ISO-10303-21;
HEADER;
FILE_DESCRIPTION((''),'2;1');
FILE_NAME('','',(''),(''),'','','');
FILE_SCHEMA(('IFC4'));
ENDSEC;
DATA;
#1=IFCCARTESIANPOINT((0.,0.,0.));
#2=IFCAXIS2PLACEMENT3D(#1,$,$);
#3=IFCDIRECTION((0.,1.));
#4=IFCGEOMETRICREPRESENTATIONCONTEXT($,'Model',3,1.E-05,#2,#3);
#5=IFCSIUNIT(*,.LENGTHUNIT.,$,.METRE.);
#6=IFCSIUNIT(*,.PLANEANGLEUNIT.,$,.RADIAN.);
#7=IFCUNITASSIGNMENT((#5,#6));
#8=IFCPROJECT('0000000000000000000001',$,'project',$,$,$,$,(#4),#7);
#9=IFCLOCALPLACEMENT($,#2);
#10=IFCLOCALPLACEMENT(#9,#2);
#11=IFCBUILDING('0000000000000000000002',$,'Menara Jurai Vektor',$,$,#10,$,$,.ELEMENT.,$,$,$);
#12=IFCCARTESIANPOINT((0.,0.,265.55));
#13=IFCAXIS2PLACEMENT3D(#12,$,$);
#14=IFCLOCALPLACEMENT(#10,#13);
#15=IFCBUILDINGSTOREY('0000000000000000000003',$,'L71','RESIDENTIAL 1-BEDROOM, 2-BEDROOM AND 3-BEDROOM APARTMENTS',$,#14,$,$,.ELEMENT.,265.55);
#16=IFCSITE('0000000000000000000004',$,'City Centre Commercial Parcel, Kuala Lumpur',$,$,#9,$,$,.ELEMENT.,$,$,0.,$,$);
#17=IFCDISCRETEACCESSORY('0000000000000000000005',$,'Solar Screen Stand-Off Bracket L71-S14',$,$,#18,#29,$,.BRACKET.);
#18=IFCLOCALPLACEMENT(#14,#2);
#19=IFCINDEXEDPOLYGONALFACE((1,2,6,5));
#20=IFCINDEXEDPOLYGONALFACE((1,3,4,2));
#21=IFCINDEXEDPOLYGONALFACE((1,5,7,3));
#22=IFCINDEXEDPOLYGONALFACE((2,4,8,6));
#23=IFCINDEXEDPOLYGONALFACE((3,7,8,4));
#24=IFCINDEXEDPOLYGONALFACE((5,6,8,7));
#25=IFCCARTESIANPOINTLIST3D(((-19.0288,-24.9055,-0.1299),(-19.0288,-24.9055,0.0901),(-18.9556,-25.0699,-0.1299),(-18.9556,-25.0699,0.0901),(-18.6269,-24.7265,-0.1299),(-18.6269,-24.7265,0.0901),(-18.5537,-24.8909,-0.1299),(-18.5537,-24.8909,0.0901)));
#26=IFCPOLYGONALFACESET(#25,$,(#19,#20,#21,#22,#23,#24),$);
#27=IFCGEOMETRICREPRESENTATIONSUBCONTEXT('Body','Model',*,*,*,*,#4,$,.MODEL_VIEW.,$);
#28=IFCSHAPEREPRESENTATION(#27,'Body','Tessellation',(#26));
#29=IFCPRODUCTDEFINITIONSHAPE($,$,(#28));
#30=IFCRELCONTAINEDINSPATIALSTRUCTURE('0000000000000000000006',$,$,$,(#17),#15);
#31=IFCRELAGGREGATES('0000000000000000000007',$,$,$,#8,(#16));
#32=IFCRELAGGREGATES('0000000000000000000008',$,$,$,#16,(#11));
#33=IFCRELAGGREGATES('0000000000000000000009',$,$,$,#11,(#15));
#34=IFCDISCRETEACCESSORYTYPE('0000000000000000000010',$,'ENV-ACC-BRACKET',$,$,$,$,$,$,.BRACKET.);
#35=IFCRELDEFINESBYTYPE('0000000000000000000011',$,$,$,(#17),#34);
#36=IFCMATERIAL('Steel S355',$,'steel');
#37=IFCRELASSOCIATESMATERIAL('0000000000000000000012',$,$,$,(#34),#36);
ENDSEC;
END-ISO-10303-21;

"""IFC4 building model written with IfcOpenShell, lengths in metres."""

from ifc_helpers import new_model, si_unit, direction, frame, origin, origin_2d, place, context, subcontext, project, spatial, rectangle, extrude, material, type_object, element, save


model = new_model("IFC4")

# Units and contexts
model_context = context("Model", 3, precision=1e-05, world=origin(), true_north=direction((0.0, 1.0)))
body_context = subcontext(model_context, "Body", "Model", "MODEL_VIEW")
ifc_project = project(units=[si_unit("LENGTHUNIT", "METRE"), si_unit("PLANEANGLEUNIT", "RADIAN")], contexts=[model_context])

# Site, building, storey
site_placement = place(None, origin())
site = spatial("IfcSite", under=ifc_project, at=site_placement, Name="City Centre Commercial Parcel, Kuala Lumpur", CompositionType="ELEMENT", RefElevation=0.0)
building_placement = place(site_placement, origin())
building = spatial("IfcBuilding", under=site, at=building_placement, Name="Menara Jurai Vektor", CompositionType="ELEMENT")
storey_placement = place(building_placement, frame((0.0, 0.0, 265.55)))
storey = spatial("IfcBuildingStorey", under=building, at=storey_placement, Name="L71", Description="RESIDENTIAL 1-BEDROOM, 2-BEDROOM AND 3-BEDROOM APARTMENTS", CompositionType="ELEMENT", Elevation=265.55)

# Shared definitions
ifc_material_1 = material(Name="Steel S355", Category="steel")

# Discrete accessory
discrete_accessory_type = type_object("IfcDiscreteAccessoryType", Name="ENV-ACC-BRACKET", PredefinedType="BRACKET", material=ifc_material_1)
discrete_accessory_placement = place(storey_placement, frame((-18.7913, -24.8982, -0.1299), z_axis=(0.0, 0.0, 1.0), x_axis=(0.406737, -0.913545, 0.0)))
element("IfcDiscreteAccessory", 1, at=discrete_accessory_placement, inside=storey, type_object=discrete_accessory_type, Name="Solar Screen Stand-Off Bracket L71-S14", PredefinedType="BRACKET", context=body_context, shape_type="SweptSolid", body=[
    extrude(rectangle(XDim=0.1799, YDim=0.4399, at=origin_2d()), origin(), (0.0, 0.0, 1.0), 0.22),
])

save(model, "model.ifc")
